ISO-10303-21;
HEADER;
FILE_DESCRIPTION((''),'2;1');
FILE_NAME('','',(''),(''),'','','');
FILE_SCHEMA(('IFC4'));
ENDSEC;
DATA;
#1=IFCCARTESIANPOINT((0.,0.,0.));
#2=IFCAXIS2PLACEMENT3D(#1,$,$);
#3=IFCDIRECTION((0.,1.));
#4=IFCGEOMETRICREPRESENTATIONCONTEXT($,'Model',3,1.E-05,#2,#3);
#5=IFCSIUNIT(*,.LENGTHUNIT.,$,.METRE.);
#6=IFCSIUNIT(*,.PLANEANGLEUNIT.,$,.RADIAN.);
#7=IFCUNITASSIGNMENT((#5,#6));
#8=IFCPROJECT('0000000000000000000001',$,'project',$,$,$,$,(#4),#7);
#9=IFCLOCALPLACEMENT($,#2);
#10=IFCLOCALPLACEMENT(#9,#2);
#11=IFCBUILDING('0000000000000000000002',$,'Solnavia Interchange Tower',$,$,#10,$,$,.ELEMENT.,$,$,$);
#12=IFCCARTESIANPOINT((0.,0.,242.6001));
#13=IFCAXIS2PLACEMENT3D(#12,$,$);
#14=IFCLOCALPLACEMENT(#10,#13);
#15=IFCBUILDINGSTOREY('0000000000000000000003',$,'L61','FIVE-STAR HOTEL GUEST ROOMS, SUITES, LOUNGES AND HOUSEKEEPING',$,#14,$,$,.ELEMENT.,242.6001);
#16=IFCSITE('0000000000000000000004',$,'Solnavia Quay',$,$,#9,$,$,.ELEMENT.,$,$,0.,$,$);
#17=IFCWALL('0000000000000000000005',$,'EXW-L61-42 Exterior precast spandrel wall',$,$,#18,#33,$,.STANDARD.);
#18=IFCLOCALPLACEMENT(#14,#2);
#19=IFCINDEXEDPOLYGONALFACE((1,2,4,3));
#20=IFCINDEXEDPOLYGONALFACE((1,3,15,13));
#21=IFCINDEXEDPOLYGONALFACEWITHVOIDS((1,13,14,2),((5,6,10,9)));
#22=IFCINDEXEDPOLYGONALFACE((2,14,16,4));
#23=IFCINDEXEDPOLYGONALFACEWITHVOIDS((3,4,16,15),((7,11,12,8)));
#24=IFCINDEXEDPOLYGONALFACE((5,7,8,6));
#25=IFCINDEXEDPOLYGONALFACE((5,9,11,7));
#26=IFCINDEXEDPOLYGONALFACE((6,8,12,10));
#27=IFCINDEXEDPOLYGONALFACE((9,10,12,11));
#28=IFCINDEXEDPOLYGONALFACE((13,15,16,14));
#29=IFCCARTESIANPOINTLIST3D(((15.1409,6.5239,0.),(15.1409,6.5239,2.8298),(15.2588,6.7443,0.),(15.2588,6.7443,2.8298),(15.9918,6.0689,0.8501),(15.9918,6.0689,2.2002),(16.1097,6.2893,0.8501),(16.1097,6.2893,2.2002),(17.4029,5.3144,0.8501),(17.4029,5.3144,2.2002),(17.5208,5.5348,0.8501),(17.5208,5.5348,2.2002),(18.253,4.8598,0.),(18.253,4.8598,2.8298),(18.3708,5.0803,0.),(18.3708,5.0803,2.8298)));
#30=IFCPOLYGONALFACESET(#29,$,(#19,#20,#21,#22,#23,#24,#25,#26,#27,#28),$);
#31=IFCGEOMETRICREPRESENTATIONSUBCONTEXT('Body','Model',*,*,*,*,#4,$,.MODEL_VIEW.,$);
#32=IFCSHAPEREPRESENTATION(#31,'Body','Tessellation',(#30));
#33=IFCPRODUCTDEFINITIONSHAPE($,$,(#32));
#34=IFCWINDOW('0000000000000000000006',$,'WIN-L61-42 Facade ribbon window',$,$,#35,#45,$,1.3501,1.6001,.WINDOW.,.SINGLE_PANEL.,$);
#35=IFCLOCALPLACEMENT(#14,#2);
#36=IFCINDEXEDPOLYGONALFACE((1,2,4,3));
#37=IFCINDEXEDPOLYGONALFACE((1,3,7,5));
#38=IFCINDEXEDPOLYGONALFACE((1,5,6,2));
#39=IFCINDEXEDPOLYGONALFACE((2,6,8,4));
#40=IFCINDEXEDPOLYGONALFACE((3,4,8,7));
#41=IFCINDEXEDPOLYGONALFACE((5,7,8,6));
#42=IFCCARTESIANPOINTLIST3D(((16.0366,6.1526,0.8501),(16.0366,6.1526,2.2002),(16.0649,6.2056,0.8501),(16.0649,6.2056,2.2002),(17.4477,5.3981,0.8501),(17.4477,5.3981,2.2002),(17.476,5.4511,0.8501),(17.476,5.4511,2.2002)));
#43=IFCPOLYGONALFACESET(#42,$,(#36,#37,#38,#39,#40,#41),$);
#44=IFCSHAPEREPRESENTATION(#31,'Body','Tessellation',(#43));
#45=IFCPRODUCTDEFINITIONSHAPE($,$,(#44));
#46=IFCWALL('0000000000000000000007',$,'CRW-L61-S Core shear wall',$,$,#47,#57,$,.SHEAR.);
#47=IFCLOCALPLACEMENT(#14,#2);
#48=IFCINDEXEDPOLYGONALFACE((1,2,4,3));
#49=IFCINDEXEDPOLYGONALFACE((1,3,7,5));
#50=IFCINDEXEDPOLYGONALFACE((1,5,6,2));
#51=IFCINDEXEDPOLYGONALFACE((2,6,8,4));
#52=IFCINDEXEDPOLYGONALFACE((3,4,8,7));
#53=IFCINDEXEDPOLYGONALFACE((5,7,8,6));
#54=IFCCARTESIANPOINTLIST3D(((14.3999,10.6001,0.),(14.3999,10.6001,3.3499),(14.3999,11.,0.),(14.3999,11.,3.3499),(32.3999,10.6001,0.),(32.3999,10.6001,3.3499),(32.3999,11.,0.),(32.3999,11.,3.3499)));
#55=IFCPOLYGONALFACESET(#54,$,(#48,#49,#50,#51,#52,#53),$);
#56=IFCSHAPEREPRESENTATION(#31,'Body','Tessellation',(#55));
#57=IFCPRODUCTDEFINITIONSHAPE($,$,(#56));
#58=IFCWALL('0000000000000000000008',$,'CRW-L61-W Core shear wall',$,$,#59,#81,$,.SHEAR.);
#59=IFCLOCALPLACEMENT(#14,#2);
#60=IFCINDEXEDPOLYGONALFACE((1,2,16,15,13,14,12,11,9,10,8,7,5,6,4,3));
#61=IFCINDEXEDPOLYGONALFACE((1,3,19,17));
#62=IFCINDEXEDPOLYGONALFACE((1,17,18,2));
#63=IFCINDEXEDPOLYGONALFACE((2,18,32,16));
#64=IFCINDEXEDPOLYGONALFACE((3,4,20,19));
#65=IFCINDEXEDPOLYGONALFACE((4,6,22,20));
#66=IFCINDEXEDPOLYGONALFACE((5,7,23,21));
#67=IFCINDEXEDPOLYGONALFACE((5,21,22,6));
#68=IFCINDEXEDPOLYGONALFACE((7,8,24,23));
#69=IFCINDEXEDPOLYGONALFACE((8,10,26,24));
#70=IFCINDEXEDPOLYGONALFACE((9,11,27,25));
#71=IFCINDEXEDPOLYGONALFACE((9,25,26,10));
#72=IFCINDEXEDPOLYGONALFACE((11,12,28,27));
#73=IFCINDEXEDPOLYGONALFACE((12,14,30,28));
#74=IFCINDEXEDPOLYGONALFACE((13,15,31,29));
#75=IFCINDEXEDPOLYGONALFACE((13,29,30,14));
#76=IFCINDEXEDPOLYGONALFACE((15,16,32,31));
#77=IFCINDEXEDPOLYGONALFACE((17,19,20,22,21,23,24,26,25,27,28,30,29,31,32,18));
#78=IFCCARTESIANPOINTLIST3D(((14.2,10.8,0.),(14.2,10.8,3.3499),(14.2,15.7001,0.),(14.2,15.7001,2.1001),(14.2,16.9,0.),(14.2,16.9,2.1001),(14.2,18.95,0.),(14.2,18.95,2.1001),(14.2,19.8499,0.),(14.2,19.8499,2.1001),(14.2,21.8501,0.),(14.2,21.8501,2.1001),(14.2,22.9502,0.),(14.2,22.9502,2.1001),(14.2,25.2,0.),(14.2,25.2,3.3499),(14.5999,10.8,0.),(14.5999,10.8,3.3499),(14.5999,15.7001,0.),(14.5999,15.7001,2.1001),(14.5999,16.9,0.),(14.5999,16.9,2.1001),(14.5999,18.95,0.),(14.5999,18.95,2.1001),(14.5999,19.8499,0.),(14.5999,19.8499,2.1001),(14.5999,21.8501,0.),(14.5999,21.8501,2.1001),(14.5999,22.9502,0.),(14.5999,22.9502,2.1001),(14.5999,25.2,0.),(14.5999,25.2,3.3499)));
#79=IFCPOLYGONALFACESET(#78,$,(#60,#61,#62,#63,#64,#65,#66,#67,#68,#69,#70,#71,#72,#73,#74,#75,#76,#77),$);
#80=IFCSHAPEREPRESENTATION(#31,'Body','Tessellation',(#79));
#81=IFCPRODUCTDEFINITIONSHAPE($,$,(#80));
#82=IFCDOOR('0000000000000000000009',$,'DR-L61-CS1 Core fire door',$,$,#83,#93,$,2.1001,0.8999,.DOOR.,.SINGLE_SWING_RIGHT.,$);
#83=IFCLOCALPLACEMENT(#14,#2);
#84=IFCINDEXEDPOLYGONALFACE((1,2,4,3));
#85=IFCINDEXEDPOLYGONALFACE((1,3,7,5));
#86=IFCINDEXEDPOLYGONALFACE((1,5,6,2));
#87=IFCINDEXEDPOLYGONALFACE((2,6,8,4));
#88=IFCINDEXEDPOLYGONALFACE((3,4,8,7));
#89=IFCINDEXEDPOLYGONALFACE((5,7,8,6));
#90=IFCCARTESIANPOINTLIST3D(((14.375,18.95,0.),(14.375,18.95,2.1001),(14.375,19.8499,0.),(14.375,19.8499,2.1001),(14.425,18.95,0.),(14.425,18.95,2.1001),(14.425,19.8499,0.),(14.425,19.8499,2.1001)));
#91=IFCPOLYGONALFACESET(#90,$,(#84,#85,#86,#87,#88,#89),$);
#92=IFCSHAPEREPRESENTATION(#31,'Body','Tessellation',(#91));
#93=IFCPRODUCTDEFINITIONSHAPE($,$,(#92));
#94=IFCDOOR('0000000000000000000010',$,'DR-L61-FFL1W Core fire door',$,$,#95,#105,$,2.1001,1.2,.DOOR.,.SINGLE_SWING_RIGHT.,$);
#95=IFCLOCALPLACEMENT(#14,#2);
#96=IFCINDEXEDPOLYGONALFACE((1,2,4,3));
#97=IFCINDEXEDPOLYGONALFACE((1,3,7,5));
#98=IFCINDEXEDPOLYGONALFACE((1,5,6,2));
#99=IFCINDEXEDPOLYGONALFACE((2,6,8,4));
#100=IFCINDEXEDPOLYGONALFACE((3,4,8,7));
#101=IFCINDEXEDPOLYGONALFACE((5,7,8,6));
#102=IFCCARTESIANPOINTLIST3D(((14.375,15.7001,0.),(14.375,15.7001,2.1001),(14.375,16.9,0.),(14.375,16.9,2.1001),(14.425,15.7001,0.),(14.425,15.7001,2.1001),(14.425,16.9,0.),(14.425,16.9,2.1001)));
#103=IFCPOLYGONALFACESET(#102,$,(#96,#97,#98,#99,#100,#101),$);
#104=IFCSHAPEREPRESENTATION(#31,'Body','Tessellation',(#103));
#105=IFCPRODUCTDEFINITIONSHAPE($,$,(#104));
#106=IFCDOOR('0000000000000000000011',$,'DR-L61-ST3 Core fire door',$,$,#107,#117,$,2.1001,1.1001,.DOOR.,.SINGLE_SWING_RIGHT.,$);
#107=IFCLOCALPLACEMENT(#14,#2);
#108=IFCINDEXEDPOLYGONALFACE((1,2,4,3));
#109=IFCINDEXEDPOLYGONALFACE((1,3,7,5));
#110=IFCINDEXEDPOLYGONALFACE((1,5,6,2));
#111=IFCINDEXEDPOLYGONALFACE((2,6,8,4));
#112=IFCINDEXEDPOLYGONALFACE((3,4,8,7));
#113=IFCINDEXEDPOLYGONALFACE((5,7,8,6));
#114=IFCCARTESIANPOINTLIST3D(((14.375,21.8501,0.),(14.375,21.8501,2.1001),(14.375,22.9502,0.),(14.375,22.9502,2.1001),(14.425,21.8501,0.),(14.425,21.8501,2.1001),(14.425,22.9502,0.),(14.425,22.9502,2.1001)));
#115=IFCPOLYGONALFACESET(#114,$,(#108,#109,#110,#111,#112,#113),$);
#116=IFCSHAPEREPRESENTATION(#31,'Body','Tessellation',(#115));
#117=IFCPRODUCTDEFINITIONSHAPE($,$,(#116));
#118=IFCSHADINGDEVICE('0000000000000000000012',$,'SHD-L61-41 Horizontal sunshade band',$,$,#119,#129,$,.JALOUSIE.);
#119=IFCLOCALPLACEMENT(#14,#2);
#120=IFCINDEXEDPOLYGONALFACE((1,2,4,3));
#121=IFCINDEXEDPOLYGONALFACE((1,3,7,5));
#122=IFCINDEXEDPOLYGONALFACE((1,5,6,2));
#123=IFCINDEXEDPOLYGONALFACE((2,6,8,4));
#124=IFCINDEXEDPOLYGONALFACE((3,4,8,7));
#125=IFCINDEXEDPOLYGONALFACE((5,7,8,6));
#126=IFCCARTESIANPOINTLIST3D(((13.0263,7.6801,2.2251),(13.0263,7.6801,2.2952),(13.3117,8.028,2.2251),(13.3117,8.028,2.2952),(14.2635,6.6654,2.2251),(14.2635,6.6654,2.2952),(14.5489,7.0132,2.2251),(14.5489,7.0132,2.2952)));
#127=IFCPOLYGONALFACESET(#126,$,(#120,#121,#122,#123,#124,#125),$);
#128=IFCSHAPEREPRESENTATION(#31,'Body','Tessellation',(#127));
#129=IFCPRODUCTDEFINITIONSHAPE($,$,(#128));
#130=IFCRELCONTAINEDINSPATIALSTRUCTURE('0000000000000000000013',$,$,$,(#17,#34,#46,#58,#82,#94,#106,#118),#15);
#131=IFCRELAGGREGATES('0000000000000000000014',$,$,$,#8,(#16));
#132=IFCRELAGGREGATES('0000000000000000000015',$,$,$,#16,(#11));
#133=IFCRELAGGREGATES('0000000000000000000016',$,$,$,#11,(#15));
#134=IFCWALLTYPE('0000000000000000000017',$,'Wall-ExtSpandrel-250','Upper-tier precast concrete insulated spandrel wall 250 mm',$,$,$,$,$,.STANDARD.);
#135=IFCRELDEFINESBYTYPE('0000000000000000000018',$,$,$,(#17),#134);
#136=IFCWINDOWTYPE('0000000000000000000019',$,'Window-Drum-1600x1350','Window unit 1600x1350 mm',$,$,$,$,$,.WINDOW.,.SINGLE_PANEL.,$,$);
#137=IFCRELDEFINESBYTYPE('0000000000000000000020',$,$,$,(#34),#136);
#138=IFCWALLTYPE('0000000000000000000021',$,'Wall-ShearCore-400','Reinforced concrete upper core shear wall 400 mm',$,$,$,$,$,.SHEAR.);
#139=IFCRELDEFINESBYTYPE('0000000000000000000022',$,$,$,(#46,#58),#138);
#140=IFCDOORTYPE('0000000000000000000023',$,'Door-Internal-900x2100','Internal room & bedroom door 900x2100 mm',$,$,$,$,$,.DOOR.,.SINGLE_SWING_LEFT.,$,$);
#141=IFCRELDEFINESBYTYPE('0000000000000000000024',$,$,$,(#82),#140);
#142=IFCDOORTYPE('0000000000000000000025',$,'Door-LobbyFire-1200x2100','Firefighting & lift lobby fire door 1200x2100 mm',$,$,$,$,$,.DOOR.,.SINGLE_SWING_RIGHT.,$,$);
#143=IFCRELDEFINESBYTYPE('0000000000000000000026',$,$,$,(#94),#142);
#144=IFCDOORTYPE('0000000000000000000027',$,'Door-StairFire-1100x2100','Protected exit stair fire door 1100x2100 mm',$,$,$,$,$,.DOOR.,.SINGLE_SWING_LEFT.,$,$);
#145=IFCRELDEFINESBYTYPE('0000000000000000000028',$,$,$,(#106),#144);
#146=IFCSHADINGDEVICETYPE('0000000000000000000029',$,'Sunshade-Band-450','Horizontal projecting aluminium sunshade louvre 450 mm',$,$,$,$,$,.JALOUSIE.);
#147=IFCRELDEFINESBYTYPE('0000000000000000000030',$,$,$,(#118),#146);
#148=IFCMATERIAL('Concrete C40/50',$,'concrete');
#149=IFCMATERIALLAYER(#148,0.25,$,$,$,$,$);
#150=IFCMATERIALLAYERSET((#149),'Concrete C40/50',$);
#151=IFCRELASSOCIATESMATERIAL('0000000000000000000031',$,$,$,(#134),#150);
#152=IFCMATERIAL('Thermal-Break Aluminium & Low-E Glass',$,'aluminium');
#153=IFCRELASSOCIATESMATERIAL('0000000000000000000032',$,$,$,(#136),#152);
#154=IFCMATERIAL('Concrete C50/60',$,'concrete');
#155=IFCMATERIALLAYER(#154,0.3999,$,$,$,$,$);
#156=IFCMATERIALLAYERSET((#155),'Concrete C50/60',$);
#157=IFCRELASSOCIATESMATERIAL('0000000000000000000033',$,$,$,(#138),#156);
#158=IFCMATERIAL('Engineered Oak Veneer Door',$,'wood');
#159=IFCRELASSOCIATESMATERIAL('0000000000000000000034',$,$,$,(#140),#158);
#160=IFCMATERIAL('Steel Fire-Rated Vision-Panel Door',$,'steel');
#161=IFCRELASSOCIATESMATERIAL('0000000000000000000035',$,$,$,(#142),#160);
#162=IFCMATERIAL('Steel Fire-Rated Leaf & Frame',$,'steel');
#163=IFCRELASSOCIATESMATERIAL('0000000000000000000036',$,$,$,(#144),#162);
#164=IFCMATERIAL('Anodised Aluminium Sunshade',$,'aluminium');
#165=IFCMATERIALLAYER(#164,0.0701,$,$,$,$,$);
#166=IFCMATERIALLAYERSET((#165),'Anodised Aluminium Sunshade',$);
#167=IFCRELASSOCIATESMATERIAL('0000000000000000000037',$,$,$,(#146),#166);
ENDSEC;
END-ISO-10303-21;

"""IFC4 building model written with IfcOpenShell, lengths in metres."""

from ifc_helpers import new_model, si_unit, direction, frame, frame_2d, origin, origin_2d, place, context, subcontext, project, spatial, rectangle, extrude, material, layer, layer_set, type_object, element, fill, save


model = new_model("IFC4")

# Units and contexts
model_context = context("Model", 3, precision=1e-05, world=origin(), true_north=direction((0.0, 1.0)))
body_context = subcontext(model_context, "Body", "Model", "MODEL_VIEW")
ifc_project = project(units=[si_unit("LENGTHUNIT", "METRE"), si_unit("PLANEANGLEUNIT", "RADIAN")], contexts=[model_context])

# Site, building, storey
site_placement = place(None, origin())
site = spatial("IfcSite", under=ifc_project, at=site_placement, Name="Solnavia Quay", CompositionType="ELEMENT", RefElevation=0.0)
building_placement = place(site_placement, origin())
building = spatial("IfcBuilding", under=site, at=building_placement, Name="Solnavia Interchange Tower", CompositionType="ELEMENT")
storey_placement = place(building_placement, frame((0.0, 0.0, 242.6001)))
storey = spatial("IfcBuildingStorey", under=building, at=storey_placement, Name="L61", Description="FIVE-STAR HOTEL GUEST ROOMS, SUITES, LOUNGES AND HOUSEKEEPING", CompositionType="ELEMENT", Elevation=242.6001)

# Shared definitions
ifc_material_1 = material(Name="Concrete C50/60", Category="concrete")

# Wall, opening, window
ifc_material_2 = material(Name="Concrete C40/50", Category="concrete")
ifc_layer_1 = layer(ifc_material_2, 0.25)
ifc_layer_set_1 = layer_set([ifc_layer_1], Name="Concrete C40/50")
wall_type_1 = type_object("IfcWallType", Name="Wall-ExtSpandrel-250", Description="Upper-tier precast concrete insulated spandrel wall 250 mm", PredefinedType="STANDARD", material=ifc_layer_set_1)
ifc_material_3 = material(Name="Thermal-Break Aluminium & Low-E Glass", Category="aluminium")
window_type = type_object("IfcWindowType", Name="Window-Drum-1600x1350", Description="Window unit 1600x1350 mm", PartitioningType="SINGLE_PANEL", PredefinedType="WINDOW", material=ifc_material_3)
wall_1_placement = place(storey_placement, frame((18.312, 4.97, 0.0), z_axis=(0.0, 0.0, 1.0), x_axis=(-0.881847, 0.471536, 0.0)))
wall_1 = element("IfcWall", 1, at=wall_1_placement, inside=storey, type_object=wall_type_1, Name="EXW-L61-42 Exterior precast spandrel wall", PredefinedType="STANDARD", context=body_context, shape_type="SweptSolid", body=[
    extrude(rectangle(XDim=3.5291, YDim=0.25, at=frame_2d((1.7646, 0.0))), origin(), (0.0, 0.0, 1.0), 2.8298),
])
opening_1_placement = place(wall_1_placement, frame((0.9641, 0.0, 0.8501)))
opening_1 = element("IfcOpeningElement", 2, at=opening_1_placement, cuts=wall_1, PredefinedType="OPENING", context=body_context, shape_type="SweptSolid", body=[
    extrude(rectangle(XDim=1.6001, YDim=1.3501, at=frame_2d((0.8, 0.675))), frame((0.0, 0.135, 0.0), z_axis=(0.0, -1.0, 0.0), x_axis=(1.0, 0.0, 0.0)), (0.0, 0.0, 1.0), 0.27),
])
window_1_placement = place(opening_1_placement, origin())
window_1 = element("IfcWindow", 3, at=window_1_placement, inside=storey, type_object=window_type, Name="WIN-L61-42 Facade ribbon window", OverallHeight=1.3501, OverallWidth=1.6001, PartitioningType="SINGLE_PANEL", PredefinedType="WINDOW", context=body_context, shape_type="SweptSolid", body=[
    extrude(rectangle(XDim=1.6001, YDim=1.3501, at=frame_2d((0.8, 0.675))), frame((0.0, 0.03, 0.0), z_axis=(0.0, -1.0, 0.0), x_axis=(1.0, 0.0, 0.0)), (0.0, 0.0, 1.0), 0.0601),
])
fill(opening_1, window_1)

# Wall
ifc_layer_2 = layer(ifc_material_1, 0.3999)
ifc_layer_set_2 = layer_set([ifc_layer_2], Name="Concrete C50/60")
wall_type_2 = type_object("IfcWallType", Name="Wall-ShearCore-400", Description="Reinforced concrete upper core shear wall 400 mm", PredefinedType="SHEAR", material=ifc_layer_set_2)
wall_2_placement = place(storey_placement, frame((14.3999, 10.8, 0.0), z_axis=(0.0, 0.0, 1.0), x_axis=(1.0, 0.0, 0.0)))
element("IfcWall", 4, at=wall_2_placement, inside=storey, type_object=wall_type_2, Name="CRW-L61-S Core shear wall", PredefinedType="SHEAR", context=body_context, shape_type="SweptSolid", body=[
    extrude(rectangle(XDim=18.0, YDim=0.3999, at=frame_2d((9.0, 0.0))), origin(), (0.0, 0.0, 1.0), 3.3499),
])

# Wall, openings, doors
wall_3_placement = place(storey_placement, frame((14.3999, 10.8, 0.0), z_axis=(0.0, 0.0, 1.0), x_axis=(0.0, 1.0, 0.0)))
wall_3 = element("IfcWall", 5, at=wall_3_placement, inside=storey, type_object=wall_type_2, Name="CRW-L61-W Core shear wall", PredefinedType="SHEAR", context=body_context, shape_type="SweptSolid", body=[
    extrude(rectangle(XDim=14.3999, YDim=0.3999, at=frame_2d((7.2, 0.0))), origin(), (0.0, 0.0, 1.0), 3.3499),
])
opening_2_placement = place(wall_3_placement, frame((11.05, 0.0, 0.0)))
opening_2 = element("IfcOpeningElement", 6, at=opening_2_placement, cuts=wall_3, PredefinedType="OPENING", context=body_context, shape_type="SweptSolid", body=[
    extrude(rectangle(XDim=1.1001, YDim=2.1001, at=frame_2d((0.55, 1.05))), frame((0.0, 0.21, 0.0), z_axis=(0.0, -1.0, 0.0), x_axis=(1.0, 0.0, 0.0)), (0.0, 0.0, 1.0), 0.4199),
])
opening_3_placement = place(wall_3_placement, frame((4.8999, 0.0, 0.0)))
opening_3 = element("IfcOpeningElement", 7, at=opening_3_placement, cuts=wall_3, PredefinedType="OPENING", context=body_context, shape_type="SweptSolid", body=[
    extrude(rectangle(XDim=1.2, YDim=2.1001, at=frame_2d((0.6001, 1.05))), frame((0.0, 0.21, 0.0), z_axis=(0.0, -1.0, 0.0), x_axis=(1.0, 0.0, 0.0)), (0.0, 0.0, 1.0), 0.4199),
])
opening_4_placement = place(wall_3_placement, frame((8.1499, 0.0, 0.0)))
opening_4 = element("IfcOpeningElement", 8, at=opening_4_placement, cuts=wall_3, PredefinedType="OPENING", context=body_context, shape_type="SweptSolid", body=[
    extrude(rectangle(XDim=0.8999, YDim=2.1001, at=frame_2d((0.45, 1.05))), frame((0.0, 0.21, 0.0), z_axis=(0.0, -1.0, 0.0), x_axis=(1.0, 0.0, 0.0)), (0.0, 0.0, 1.0), 0.4199),
])
ifc_material_4 = material(Name="Engineered Oak Veneer Door", Category="wood")
door_type_1 = type_object("IfcDoorType", Name="Door-Internal-900x2100", Description="Internal room & bedroom door 900x2100 mm", OperationType="SINGLE_SWING_LEFT", PredefinedType="DOOR", material=ifc_material_4)
door_1_placement = place(opening_4_placement, origin())
door_1 = element("IfcDoor", 9, at=door_1_placement, inside=storey, type_object=door_type_1, Name="DR-L61-CS1 Core fire door", OperationType="SINGLE_SWING_RIGHT", OverallHeight=2.1001, OverallWidth=0.8999, PredefinedType="DOOR", context=body_context, shape_type="SweptSolid", body=[
    extrude(rectangle(XDim=0.8999, YDim=2.1001, at=frame_2d((0.45, 1.05))), frame((0.0, 0.0249, 0.0), z_axis=(0.0, -1.0, 0.0), x_axis=(1.0, 0.0, 0.0)), (0.0, 0.0, 1.0), 0.05),
])
fill(opening_4, door_1)
ifc_material_5 = material(Name="Steel Fire-Rated Vision-Panel Door", Category="steel")
door_type_2 = type_object("IfcDoorType", Name="Door-LobbyFire-1200x2100", Description="Firefighting & lift lobby fire door 1200x2100 mm", OperationType="SINGLE_SWING_RIGHT", PredefinedType="DOOR", material=ifc_material_5)
door_2_placement = place(opening_3_placement, origin())
door_2 = element("IfcDoor", 10, at=door_2_placement, inside=storey, type_object=door_type_2, Name="DR-L61-FFL1W Core fire door", OperationType="SINGLE_SWING_RIGHT", OverallHeight=2.1001, OverallWidth=1.2, PredefinedType="DOOR", context=body_context, shape_type="SweptSolid", body=[
    extrude(rectangle(XDim=1.2, YDim=2.1001, at=frame_2d((0.6001, 1.05))), frame((0.0, 0.0249, 0.0), z_axis=(0.0, -1.0, 0.0), x_axis=(1.0, 0.0, 0.0)), (0.0, 0.0, 1.0), 0.05),
])
fill(opening_3, door_2)
ifc_material_6 = material(Name="Steel Fire-Rated Leaf & Frame", Category="steel")
door_type_3 = type_object("IfcDoorType", Name="Door-StairFire-1100x2100", Description="Protected exit stair fire door 1100x2100 mm", OperationType="SINGLE_SWING_LEFT", PredefinedType="DOOR", material=ifc_material_6)
door_3_placement = place(opening_2_placement, origin())
door_3 = element("IfcDoor", 11, at=door_3_placement, inside=storey, type_object=door_type_3, Name="DR-L61-ST3 Core fire door", OperationType="SINGLE_SWING_RIGHT", OverallHeight=2.1001, OverallWidth=1.1001, PredefinedType="DOOR", context=body_context, shape_type="SweptSolid", body=[
    extrude(rectangle(XDim=1.1001, YDim=2.1001, at=frame_2d((0.55, 1.05))), frame((0.0, 0.0249, 0.0), z_axis=(0.0, -1.0, 0.0), x_axis=(1.0, 0.0, 0.0)), (0.0, 0.0, 1.0), 0.05),
])
fill(opening_2, door_3)

# Shading device
ifc_material_7 = material(Name="Anodised Aluminium Sunshade", Category="aluminium")
ifc_layer_3 = layer(ifc_material_7, 0.0701)
ifc_layer_set_3 = layer_set([ifc_layer_3], Name="Anodised Aluminium Sunshade")
shading_device_type = type_object("IfcShadingDeviceType", Name="Sunshade-Band-450", Description="Horizontal projecting aluminium sunshade louvre 450 mm", PredefinedType="JALOUSIE", material=ifc_layer_set_3)
shading_device_placement = place(storey_placement, frame((13.7876, 7.3467, 2.2251), z_axis=(0.0, 0.0, 1.0), x_axis=(-0.773177, 0.634191, 0.0)))
element("IfcShadingDevice", 12, at=shading_device_placement, inside=storey, type_object=shading_device_type, Name="SHD-L61-41 Horizontal sunshade band", PredefinedType="JALOUSIE", context=body_context, shape_type="SweptSolid", body=[
    extrude(rectangle(XDim=1.6001, YDim=0.45, at=origin_2d()), origin(), (0.0, 0.0, 1.0), 0.0701),
])

save(model, "model.ifc")
